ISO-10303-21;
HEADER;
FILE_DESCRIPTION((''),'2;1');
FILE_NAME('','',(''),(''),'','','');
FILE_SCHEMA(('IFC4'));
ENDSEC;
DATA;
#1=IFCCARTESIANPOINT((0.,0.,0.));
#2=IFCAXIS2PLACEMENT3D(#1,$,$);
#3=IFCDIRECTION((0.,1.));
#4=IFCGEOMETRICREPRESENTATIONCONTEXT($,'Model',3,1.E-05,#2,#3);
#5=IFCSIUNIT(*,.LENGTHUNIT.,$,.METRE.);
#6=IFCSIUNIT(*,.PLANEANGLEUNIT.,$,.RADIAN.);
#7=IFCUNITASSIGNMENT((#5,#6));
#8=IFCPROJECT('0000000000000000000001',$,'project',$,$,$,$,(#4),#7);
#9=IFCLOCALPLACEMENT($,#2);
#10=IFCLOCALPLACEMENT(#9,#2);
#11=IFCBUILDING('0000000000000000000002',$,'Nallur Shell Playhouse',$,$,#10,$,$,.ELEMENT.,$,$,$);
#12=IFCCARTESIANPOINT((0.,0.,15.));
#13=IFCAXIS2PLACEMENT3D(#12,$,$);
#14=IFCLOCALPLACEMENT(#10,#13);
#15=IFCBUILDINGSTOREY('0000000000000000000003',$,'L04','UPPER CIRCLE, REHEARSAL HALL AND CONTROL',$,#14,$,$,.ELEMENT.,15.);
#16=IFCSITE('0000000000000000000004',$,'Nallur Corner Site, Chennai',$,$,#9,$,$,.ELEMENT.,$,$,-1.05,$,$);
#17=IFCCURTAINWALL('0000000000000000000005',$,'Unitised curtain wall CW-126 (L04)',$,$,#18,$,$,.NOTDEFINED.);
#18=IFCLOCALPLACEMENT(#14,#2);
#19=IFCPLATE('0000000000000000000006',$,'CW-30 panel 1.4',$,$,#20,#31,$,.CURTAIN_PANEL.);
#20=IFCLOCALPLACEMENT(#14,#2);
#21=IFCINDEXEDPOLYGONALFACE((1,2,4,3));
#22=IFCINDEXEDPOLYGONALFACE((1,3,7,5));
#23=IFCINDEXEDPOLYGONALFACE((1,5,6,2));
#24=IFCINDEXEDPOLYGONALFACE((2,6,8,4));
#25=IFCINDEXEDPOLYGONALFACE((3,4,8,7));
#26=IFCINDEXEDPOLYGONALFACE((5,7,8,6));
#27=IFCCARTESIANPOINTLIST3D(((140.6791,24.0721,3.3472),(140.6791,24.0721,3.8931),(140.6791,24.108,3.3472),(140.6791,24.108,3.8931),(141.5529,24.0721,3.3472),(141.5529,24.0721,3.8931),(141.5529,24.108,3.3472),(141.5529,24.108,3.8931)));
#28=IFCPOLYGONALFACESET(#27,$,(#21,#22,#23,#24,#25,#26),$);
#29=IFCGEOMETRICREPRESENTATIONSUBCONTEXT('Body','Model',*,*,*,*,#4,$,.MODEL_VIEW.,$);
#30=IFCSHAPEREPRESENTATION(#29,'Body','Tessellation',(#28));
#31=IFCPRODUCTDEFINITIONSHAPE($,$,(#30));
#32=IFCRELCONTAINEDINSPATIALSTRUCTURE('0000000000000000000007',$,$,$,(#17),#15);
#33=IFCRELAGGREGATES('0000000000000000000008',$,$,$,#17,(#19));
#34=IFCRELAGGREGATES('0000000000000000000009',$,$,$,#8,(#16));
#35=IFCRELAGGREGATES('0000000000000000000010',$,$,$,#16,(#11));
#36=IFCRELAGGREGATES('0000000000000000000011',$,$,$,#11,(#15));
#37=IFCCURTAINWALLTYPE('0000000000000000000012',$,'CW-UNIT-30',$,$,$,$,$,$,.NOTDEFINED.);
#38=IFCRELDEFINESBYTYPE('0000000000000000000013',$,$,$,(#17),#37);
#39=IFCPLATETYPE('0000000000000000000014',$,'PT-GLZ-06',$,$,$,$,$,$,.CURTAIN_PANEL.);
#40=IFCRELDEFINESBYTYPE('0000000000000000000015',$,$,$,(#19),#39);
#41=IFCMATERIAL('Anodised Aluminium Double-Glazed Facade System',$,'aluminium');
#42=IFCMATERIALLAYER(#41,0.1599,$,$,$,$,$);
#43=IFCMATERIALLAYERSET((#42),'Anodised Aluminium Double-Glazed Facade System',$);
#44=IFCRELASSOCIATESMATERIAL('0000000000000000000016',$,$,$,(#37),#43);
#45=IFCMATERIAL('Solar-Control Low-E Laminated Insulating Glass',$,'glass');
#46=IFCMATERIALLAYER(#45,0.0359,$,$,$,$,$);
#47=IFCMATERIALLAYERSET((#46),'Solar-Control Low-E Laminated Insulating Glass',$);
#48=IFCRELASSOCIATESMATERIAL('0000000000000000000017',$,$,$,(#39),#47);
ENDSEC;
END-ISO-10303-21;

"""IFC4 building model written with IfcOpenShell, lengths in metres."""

from ifc_helpers import new_model, si_unit, direction, frame, origin, origin_2d, place, context, subcontext, project, spatial, rectangle, extrude, material, layer, layer_set, type_object, element, aggregate, save


model = new_model("IFC4")

# Units and contexts
model_context = context("Model", 3, precision=1e-05, world=origin(), true_north=direction((0.0, 1.0)))
body_context = subcontext(model_context, "Body", "Model", "MODEL_VIEW")
ifc_project = project(units=[si_unit("LENGTHUNIT", "METRE"), si_unit("PLANEANGLEUNIT", "RADIAN")], contexts=[model_context])

# Site, building, storey
site_placement = place(None, origin())
site = spatial("IfcSite", under=ifc_project, at=site_placement, Name="Nallur Corner Site, Chennai", CompositionType="ELEMENT", RefElevation=-1.05)
building_placement = place(site_placement, origin())
building = spatial("IfcBuilding", under=site, at=building_placement, Name="Nallur Shell Playhouse", CompositionType="ELEMENT")
storey_placement = place(building_placement, frame((0.0, 0.0, 15.0)))
storey = spatial("IfcBuildingStorey", under=building, at=storey_placement, Name="L04", Description="UPPER CIRCLE, REHEARSAL HALL AND CONTROL", CompositionType="ELEMENT", Elevation=15.0)

# Curtain wall
ifc_material_1 = material(Name="Anodised Aluminium Double-Glazed Facade System", Category="aluminium")
ifc_layer_1 = layer(ifc_material_1, 0.1599)
ifc_layer_set_1 = layer_set([ifc_layer_1], Name="Anodised Aluminium Double-Glazed Facade System")
curtain_wall_type_1 = type_object("IfcCurtainWallType", Name="CW-UNIT-30", PredefinedType="NOTDEFINED", material=ifc_layer_set_1)
curtain_wall_1_placement = place(storey_placement, origin())
curtain_wall_1 = element("IfcCurtainWall", 1, at=curtain_wall_1_placement, inside=storey, type_object=curtain_wall_type_1, Name="Unitised curtain wall CW-126 (L04)", PredefinedType="NOTDEFINED")

# Plate
ifc_material_2 = material(Name="Solar-Control Low-E Laminated Insulating Glass", Category="glass")
ifc_layer_2 = layer(ifc_material_2, 0.0359)
ifc_layer_set_2 = layer_set([ifc_layer_2], Name="Solar-Control Low-E Laminated Insulating Glass")
plate_type_1 = type_object("IfcPlateType", Name="PT-GLZ-06", PredefinedType="CURTAIN_PANEL", material=ifc_layer_set_2)
plate_1_placement = place(storey_placement, frame((141.116, 24.0901, 3.3472), z_axis=(0.0, 0.0, 1.0), x_axis=(-1.0, 0.0, 0.0)))
plate_1 = element("IfcPlate", 2, at=plate_1_placement, type_object=plate_type_1, Name="CW-30 panel 1.4", PredefinedType="CURTAIN_PANEL", context=body_context, shape_type="SweptSolid", body=[
    extrude(rectangle(XDim=0.8738, YDim=0.0359, at=origin_2d()), origin(), (0.0, 0.0, 1.0), 0.5459),
])
aggregate(curtain_wall_1, [plate_1])

save(model, "model.ifc")
